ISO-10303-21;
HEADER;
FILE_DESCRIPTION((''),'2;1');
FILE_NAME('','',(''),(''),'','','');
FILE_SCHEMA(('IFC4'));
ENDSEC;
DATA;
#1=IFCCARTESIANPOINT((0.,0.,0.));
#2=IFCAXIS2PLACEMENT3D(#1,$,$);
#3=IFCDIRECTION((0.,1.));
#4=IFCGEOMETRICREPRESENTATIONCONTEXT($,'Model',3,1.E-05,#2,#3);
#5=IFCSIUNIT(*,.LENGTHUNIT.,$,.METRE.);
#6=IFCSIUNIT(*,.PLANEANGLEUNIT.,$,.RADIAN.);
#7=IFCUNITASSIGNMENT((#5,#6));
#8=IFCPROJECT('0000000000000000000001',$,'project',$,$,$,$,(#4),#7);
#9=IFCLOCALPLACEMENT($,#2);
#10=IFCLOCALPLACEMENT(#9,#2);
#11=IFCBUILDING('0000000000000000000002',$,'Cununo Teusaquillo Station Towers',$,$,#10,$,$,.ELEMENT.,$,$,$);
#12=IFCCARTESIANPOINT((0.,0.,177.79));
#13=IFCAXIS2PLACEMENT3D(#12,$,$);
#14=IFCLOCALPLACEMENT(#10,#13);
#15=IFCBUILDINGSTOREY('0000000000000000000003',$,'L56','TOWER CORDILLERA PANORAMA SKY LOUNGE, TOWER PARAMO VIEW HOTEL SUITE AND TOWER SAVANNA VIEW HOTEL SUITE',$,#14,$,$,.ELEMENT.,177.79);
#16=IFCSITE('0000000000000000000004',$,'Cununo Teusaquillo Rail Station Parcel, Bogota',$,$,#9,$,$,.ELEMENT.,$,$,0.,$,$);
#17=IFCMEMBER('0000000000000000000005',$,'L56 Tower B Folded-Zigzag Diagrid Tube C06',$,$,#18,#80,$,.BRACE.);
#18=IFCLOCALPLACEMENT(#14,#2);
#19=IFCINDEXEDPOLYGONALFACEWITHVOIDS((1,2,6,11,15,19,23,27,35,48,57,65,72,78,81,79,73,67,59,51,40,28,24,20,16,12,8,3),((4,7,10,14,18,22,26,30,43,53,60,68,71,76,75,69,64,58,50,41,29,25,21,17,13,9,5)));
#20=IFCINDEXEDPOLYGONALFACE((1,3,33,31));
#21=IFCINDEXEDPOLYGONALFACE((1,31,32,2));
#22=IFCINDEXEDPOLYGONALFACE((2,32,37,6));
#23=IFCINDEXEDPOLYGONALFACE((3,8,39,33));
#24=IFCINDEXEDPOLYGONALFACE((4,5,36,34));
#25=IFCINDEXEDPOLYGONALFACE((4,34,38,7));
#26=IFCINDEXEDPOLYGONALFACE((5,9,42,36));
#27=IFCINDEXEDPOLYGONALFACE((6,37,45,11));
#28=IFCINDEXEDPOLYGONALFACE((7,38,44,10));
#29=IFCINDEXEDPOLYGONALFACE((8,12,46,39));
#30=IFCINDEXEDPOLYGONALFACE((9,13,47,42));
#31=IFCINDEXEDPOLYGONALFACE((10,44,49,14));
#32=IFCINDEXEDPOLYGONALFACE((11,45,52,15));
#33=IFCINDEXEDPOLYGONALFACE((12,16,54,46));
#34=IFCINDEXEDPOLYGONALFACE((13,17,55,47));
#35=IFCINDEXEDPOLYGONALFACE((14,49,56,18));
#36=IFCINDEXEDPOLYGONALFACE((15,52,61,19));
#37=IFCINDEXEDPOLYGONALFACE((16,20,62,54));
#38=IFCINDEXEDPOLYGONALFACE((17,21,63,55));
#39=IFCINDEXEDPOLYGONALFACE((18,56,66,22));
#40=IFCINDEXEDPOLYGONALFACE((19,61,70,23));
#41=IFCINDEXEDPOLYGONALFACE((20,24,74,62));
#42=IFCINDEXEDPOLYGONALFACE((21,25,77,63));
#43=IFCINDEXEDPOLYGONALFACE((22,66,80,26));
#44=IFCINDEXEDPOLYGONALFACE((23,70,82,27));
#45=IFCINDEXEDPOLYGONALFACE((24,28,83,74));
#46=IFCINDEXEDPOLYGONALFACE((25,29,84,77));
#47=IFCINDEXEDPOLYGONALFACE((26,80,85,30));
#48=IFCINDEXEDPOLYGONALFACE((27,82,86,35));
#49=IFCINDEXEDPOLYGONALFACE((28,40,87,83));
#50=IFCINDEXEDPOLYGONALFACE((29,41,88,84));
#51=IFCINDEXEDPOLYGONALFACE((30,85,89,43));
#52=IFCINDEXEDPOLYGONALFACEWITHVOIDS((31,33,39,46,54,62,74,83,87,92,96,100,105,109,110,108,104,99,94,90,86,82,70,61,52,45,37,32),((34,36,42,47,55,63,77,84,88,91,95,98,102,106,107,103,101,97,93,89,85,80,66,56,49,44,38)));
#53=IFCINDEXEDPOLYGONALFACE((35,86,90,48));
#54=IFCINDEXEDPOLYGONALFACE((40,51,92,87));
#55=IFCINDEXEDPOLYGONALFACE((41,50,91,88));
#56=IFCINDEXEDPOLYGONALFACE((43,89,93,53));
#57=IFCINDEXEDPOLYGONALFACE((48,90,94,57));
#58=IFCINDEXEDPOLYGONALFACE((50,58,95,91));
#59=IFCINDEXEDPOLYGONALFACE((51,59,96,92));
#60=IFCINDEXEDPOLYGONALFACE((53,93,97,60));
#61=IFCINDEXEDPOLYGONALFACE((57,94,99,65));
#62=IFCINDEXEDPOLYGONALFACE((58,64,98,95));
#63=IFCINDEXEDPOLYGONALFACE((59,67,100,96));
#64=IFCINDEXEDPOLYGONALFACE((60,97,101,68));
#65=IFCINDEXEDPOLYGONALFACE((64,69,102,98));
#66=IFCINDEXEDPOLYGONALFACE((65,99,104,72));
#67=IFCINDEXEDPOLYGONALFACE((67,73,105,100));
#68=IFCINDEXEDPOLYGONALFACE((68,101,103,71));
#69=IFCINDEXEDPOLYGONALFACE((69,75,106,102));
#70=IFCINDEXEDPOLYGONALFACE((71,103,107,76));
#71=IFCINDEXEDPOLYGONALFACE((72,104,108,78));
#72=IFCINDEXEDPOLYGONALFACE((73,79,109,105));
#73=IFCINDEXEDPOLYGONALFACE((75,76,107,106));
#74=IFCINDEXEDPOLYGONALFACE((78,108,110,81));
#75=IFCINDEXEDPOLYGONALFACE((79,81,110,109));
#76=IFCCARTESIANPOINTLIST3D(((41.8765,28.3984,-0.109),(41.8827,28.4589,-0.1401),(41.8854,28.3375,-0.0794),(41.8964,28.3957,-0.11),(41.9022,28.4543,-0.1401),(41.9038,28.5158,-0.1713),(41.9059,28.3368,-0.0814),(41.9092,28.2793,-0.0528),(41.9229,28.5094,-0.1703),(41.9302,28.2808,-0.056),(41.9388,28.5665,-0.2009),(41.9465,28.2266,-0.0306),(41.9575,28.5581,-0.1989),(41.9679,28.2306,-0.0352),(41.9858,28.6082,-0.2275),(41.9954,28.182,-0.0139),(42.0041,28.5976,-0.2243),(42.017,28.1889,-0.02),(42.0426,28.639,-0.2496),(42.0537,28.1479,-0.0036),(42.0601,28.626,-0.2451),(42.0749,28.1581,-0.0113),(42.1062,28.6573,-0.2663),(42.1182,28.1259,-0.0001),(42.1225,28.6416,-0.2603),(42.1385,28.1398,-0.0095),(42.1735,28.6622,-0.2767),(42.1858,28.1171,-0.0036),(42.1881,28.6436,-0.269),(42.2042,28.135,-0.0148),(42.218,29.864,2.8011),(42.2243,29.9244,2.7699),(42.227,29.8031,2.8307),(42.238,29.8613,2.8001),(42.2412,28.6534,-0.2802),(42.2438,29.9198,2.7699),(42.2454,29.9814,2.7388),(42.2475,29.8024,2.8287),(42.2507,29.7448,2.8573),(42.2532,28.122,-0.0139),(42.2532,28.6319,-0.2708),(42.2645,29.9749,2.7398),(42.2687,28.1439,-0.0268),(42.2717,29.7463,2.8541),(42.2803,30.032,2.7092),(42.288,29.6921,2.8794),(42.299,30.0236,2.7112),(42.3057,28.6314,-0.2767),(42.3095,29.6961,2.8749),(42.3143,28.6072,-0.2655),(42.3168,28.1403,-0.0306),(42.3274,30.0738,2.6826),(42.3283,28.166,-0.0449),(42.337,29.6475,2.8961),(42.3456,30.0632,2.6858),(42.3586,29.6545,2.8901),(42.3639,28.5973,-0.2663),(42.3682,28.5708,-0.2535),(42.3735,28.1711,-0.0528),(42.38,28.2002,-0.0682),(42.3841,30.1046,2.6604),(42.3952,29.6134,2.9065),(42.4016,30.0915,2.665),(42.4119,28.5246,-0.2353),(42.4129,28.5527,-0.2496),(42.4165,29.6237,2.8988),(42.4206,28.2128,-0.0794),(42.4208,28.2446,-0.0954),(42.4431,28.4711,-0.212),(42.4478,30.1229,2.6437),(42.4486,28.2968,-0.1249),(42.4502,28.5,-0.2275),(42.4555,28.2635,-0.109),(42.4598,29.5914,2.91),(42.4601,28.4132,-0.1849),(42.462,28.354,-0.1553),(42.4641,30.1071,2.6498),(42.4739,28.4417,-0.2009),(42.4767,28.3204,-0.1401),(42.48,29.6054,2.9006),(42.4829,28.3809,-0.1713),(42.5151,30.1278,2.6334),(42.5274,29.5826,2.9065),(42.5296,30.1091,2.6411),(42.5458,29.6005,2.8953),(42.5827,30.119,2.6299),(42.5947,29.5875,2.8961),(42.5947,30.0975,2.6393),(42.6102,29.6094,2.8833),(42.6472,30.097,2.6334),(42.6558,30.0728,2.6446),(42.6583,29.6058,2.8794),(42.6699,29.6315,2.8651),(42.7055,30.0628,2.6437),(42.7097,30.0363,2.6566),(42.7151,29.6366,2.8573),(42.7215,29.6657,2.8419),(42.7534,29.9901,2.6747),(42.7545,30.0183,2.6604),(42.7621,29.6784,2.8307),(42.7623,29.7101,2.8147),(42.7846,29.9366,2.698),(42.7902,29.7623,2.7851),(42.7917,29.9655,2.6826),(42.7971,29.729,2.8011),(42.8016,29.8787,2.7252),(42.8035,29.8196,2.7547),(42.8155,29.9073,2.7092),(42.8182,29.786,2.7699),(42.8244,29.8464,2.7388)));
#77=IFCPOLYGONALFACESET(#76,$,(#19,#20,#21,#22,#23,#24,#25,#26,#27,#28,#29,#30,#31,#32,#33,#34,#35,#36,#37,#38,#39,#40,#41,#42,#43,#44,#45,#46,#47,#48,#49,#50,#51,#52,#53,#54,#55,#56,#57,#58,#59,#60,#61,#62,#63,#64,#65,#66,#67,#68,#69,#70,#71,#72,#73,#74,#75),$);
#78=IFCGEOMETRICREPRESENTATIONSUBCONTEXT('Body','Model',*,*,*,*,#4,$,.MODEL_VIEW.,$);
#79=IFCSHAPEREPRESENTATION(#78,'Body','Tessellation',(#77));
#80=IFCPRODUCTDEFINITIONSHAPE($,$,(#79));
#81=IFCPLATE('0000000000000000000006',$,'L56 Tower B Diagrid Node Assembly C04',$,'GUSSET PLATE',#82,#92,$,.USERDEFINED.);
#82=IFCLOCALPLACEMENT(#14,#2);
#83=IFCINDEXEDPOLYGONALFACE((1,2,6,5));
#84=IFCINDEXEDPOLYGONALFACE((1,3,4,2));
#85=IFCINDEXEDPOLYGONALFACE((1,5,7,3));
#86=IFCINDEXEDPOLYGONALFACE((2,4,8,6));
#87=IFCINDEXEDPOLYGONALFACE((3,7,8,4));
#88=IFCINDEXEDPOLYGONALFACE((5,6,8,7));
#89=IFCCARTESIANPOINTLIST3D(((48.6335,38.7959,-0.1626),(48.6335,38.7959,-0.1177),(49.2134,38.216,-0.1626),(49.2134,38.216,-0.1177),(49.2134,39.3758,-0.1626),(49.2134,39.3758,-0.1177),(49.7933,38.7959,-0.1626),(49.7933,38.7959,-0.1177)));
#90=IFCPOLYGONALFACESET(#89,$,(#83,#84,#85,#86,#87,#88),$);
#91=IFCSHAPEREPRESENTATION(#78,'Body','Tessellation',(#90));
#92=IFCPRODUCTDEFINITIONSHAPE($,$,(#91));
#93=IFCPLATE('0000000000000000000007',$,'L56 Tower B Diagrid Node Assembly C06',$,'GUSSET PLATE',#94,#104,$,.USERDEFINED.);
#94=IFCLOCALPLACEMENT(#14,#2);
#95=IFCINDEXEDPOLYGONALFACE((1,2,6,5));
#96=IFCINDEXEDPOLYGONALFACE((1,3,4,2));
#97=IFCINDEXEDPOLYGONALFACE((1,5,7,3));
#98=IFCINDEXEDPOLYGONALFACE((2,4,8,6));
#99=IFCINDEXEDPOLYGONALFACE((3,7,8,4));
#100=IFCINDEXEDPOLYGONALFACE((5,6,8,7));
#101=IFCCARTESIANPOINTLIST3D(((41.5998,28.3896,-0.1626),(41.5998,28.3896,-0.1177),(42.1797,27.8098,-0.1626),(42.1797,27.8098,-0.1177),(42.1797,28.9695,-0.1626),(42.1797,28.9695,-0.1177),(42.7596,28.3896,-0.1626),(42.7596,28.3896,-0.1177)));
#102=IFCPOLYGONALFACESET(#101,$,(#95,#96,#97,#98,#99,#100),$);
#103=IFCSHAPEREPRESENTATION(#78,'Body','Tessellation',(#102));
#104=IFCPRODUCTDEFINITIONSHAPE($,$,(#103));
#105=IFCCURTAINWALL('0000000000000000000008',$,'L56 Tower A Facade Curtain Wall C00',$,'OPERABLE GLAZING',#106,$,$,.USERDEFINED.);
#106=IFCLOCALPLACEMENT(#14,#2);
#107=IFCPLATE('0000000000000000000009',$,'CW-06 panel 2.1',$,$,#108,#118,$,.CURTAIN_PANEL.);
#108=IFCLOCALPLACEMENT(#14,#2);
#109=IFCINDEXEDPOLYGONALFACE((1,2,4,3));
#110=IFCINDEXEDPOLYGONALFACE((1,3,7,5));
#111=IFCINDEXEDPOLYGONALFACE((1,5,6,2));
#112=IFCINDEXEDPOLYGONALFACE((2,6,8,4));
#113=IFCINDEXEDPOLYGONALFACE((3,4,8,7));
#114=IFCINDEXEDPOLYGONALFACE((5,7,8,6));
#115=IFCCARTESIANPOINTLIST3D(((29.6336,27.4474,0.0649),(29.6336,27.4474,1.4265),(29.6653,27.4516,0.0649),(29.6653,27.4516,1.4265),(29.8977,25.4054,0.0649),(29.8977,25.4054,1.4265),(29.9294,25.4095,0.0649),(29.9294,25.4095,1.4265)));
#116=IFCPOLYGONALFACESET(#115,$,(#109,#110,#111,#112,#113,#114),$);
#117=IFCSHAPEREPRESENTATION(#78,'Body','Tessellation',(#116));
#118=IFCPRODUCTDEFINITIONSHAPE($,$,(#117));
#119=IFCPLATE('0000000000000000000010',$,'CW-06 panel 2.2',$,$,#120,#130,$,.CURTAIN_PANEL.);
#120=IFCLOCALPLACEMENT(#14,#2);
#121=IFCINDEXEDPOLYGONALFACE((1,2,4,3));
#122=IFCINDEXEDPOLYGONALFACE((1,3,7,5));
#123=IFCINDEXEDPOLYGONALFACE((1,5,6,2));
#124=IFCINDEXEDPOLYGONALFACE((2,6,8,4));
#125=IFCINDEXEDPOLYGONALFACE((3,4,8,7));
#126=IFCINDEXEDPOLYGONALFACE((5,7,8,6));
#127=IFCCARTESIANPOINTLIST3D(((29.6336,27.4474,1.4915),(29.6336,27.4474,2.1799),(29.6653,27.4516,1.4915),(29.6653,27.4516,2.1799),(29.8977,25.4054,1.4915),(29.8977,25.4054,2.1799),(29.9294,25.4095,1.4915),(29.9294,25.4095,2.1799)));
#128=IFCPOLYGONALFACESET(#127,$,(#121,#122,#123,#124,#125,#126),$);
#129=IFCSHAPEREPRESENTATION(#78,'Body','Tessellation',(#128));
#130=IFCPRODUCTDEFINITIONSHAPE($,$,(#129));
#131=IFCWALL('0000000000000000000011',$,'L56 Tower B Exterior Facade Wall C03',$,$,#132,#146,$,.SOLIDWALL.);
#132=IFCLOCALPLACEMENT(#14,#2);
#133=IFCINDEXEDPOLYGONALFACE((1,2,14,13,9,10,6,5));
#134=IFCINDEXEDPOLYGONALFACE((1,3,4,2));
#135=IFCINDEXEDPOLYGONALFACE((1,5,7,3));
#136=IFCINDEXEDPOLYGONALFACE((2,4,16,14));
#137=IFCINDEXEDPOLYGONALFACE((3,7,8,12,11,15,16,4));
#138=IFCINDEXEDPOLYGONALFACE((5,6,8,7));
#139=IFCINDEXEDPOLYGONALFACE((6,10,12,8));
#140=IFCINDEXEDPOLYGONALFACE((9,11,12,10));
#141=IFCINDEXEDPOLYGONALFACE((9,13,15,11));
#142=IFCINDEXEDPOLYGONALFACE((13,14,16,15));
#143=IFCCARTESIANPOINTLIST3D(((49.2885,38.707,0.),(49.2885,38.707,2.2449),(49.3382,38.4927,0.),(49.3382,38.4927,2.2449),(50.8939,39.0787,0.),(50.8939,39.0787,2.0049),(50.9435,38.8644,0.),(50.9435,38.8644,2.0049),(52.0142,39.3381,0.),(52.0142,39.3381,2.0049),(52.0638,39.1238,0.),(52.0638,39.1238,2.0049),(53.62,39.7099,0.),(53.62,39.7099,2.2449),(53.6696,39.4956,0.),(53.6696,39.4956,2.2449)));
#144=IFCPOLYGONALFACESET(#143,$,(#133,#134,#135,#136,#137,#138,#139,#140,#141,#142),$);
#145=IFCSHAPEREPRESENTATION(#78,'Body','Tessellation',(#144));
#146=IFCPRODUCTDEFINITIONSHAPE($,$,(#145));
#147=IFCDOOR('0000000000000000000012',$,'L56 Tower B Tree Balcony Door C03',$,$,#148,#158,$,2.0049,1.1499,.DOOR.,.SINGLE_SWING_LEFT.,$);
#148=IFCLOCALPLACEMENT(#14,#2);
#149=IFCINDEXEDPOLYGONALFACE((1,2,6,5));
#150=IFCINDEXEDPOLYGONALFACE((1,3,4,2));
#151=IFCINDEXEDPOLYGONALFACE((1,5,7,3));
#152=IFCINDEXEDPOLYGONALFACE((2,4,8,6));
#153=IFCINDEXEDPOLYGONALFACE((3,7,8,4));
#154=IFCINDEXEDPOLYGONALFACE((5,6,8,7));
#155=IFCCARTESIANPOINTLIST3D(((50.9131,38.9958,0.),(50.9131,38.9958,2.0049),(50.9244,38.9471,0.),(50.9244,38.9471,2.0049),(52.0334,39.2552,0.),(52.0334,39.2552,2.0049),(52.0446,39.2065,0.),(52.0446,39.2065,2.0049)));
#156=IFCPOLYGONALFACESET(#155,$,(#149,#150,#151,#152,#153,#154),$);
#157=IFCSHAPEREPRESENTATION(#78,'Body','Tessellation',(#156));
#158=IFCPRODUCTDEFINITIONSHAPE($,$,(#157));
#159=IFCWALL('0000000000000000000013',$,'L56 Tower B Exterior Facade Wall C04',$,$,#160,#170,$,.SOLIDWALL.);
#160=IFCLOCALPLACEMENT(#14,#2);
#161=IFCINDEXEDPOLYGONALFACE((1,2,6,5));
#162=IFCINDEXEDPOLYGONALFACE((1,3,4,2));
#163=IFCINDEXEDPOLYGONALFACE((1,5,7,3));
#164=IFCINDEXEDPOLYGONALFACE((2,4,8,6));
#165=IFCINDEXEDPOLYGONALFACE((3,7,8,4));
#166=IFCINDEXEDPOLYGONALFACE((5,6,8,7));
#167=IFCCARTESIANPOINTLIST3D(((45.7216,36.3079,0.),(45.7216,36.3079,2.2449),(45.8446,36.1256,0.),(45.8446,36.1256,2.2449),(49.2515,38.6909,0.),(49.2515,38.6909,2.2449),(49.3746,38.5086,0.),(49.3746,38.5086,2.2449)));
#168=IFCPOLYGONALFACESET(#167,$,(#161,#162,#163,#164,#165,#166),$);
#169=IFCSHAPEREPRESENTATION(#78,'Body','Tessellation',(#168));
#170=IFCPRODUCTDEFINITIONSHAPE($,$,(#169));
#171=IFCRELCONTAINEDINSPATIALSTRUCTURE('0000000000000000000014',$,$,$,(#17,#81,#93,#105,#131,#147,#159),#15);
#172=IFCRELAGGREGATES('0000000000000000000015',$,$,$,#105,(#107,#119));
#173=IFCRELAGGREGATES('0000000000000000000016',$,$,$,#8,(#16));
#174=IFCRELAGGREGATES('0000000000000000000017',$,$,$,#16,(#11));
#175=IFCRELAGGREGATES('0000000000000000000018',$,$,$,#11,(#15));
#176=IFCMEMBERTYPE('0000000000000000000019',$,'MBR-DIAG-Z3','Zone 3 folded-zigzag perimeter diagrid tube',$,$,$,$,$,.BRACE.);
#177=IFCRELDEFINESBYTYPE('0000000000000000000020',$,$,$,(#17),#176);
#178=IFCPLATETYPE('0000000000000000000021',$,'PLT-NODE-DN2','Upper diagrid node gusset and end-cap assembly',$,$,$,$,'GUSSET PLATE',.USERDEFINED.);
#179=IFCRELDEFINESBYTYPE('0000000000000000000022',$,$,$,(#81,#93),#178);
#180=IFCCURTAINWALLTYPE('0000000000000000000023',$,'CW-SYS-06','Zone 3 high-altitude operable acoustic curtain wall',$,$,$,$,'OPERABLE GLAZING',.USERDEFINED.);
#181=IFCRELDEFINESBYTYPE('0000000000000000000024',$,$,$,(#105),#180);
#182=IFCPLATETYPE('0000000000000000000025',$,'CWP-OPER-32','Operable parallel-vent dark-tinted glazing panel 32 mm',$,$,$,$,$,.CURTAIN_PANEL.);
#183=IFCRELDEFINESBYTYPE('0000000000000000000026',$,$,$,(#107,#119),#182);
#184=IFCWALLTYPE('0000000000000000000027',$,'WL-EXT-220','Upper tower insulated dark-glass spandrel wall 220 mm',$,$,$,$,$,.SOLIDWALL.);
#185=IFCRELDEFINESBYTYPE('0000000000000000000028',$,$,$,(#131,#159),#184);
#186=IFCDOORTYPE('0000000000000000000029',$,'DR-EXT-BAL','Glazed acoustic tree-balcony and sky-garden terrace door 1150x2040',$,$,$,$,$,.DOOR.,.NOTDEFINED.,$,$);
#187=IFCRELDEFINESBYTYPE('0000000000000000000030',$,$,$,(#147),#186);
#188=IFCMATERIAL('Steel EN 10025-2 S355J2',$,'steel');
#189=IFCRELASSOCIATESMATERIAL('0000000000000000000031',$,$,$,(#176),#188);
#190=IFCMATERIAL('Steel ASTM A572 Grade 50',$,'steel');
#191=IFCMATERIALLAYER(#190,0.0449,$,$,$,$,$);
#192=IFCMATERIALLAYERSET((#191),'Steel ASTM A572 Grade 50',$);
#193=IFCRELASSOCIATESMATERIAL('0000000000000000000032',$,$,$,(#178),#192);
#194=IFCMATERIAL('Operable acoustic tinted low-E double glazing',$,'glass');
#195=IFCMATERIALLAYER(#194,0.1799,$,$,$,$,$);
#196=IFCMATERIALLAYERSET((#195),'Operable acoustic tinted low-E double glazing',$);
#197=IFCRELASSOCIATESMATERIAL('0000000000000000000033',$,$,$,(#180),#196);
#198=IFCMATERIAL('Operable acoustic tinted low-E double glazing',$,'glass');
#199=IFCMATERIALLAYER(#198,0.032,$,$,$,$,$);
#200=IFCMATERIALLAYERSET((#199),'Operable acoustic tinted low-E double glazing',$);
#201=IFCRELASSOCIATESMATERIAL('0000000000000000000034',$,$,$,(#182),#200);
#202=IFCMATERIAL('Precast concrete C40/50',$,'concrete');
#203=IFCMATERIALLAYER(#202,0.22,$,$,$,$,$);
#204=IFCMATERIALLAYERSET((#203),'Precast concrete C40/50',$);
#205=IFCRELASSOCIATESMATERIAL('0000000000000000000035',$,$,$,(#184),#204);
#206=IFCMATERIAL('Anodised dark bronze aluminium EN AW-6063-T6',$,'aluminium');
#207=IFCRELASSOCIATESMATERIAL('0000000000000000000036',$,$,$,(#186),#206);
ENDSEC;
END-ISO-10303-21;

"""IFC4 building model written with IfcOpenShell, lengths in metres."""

from ifc_helpers import new_model, si_unit, direction, frame, frame_2d, origin, origin_2d, place, context, subcontext, project, spatial, rectangle, hollow_circle, extrude, source, transform, mapped, material, layer, layer_set, material_profile, profile_set, type_object, element, fill, aggregate, save


model = new_model("IFC4")

# Units and contexts
model_context = context("Model", 3, precision=1e-05, world=origin(), true_north=direction((0.0, 1.0)))
body_context = subcontext(model_context, "Body", "Model", "MODEL_VIEW")
ifc_project = project(units=[si_unit("LENGTHUNIT", "METRE"), si_unit("PLANEANGLEUNIT", "RADIAN")], contexts=[model_context])

# Site, building, storey
site_placement = place(None, origin())
site = spatial("IfcSite", under=ifc_project, at=site_placement, Name="Cununo Teusaquillo Rail Station Parcel, Bogota", CompositionType="ELEMENT", RefElevation=0.0)
building_placement = place(site_placement, origin())
building = spatial("IfcBuilding", under=site, at=building_placement, Name="Cununo Teusaquillo Station Towers", CompositionType="ELEMENT")
storey_placement = place(building_placement, frame((0.0, 0.0, 177.79)))
storey = spatial("IfcBuildingStorey", under=building, at=storey_placement, Name="L56", Description="TOWER CORDILLERA PANORAMA SKY LOUNGE, TOWER PARAMO VIEW HOTEL SUITE AND TOWER SAVANNA VIEW HOTEL SUITE", CompositionType="ELEMENT", Elevation=177.79)

# Member
ifc_material_1 = material(Name="Steel EN 10025-2 S355J2", Category="steel")
ifc_material_profile_1 = material_profile(ifc_material_1, hollow_circle(Radius=0.3049, WallThickness=0.02, at=origin_2d()), Name="CHS 610x20")
ifc_profile_set_1 = profile_set([ifc_material_profile_1], Name="Steel EN 10025-2 S355J2")
member_type = type_object("IfcMemberType", Name="MBR-DIAG-Z3", Description="Zone 3 folded-zigzag perimeter diagrid tube", PredefinedType="BRACE", material=ifc_profile_set_1)
member_1_placement = place(storey_placement, frame((42.1797, 28.3896, -0.1401), z_axis=(0.104252, 0.447338, 0.888268), x_axis=(-0.973902, 0.226968, 0.0)))
element("IfcMember", 1, at=member_1_placement, inside=storey, type_object=member_type, Name="L56 Tower B Folded-Zigzag Diagrid Tube C06", PredefinedType="BRACE", context=body_context, shape_type="SweptSolid", body=[
    extrude(hollow_circle(Radius=0.3049, WallThickness=0.02, at=origin_2d()), origin(), (0.0, 0.0, 1.0), 3.2761),
])

# Plates
ifc_material_2 = material(Name="Steel ASTM A572 Grade 50", Category="steel")
ifc_layer_1 = layer(ifc_material_2, 0.0449)
ifc_layer_set_1 = layer_set([ifc_layer_1], Name="Steel ASTM A572 Grade 50")
plate_type_1 = type_object("IfcPlateType", Name="PLT-NODE-DN2", Description="Upper diagrid node gusset and end-cap assembly", ElementType="GUSSET PLATE", PredefinedType="USERDEFINED", material=ifc_layer_set_1)
shared_shape_1 = source(origin(), body_context, "Body", "SweptSolid", [
    extrude(rectangle(XDim=0.8201, YDim=0.8201, at=origin_2d()), origin(), (0.0, 0.0, 1.0), 0.0449),
])
for number, where, z_axis, x_axis, name in (
    (2, (49.2134, 38.7959, -0.1626), (0.0, 0.0, 1.0), (0.707107, 0.707107, 0.0), "L56 Tower B Diagrid Node Assembly C04"),
    (3, (42.1797, 28.3896, -0.1626), (0.0, 0.0, 1.0), (0.707107, 0.707107, 0.0), "L56 Tower B Diagrid Node Assembly C06"),
):
    element("IfcPlate", number, at=place(storey_placement, frame(where, z_axis=z_axis, x_axis=x_axis)), inside=storey, type_object=plate_type_1, Name=name, ObjectType="GUSSET PLATE", PredefinedType="USERDEFINED", context=body_context, shape_type="MappedRepresentation", body=[
        mapped(shared_shape_1, transform((0.0, 0.0, 0.0), x_axis=(1.0, 0.0, 0.0), y_axis=(0.0, 1.0, 0.0), z_axis=(0.0, 0.0, 1.0), scale=1.0)),
    ])

# Curtain wall, plates
ifc_material_3 = material(Name="Operable acoustic tinted low-E double glazing", Category="glass")
ifc_layer_2 = layer(ifc_material_3, 0.1799)
ifc_layer_set_2 = layer_set([ifc_layer_2], Name="Operable acoustic tinted low-E double glazing")
curtain_wall_type = type_object("IfcCurtainWallType", Name="CW-SYS-06", Description="Zone 3 high-altitude operable acoustic curtain wall", ElementType="OPERABLE GLAZING", PredefinedType="USERDEFINED", material=ifc_layer_set_2)
curtain_wall_placement = place(storey_placement, origin())
curtain_wall = element("IfcCurtainWall", 4, at=curtain_wall_placement, inside=storey, type_object=curtain_wall_type, Name="L56 Tower A Facade Curtain Wall C00", ObjectType="OPERABLE GLAZING", PredefinedType="USERDEFINED")
ifc_material_4 = material(Name="Operable acoustic tinted low-E double glazing", Category="glass")
ifc_layer_3 = layer(ifc_material_4, 0.032)
ifc_layer_set_3 = layer_set([ifc_layer_3], Name="Operable acoustic tinted low-E double glazing")
plate_type_2 = type_object("IfcPlateType", Name="CWP-OPER-32", Description="Operable parallel-vent dark-tinted glazing panel 32 mm", PredefinedType="CURTAIN_PANEL", material=ifc_layer_set_3)
shared_shape_2 = source(origin(), body_context, "Body", "SweptSolid", [
    extrude(rectangle(XDim=2.0591, YDim=0.032, at=origin_2d()), origin(), (0.0, 0.0, 1.0), 1.3616),
])
plate_1_placement = place(storey_placement, frame((29.7815, 26.4285, 0.0649), z_axis=(0.0, 0.0, 1.0), x_axis=(0.128285, -0.991737, 0.0)))
plate_1 = element("IfcPlate", 5, at=plate_1_placement, type_object=plate_type_2, Name="CW-06 panel 2.1", PredefinedType="CURTAIN_PANEL", context=body_context, shape_type="MappedRepresentation", body=[
    mapped(shared_shape_2, transform((0.0, 0.0, 0.0), x_axis=(1.0, 0.0, 0.0), y_axis=(0.0, 1.0, 0.0), z_axis=(0.0, 0.0, 1.0), scale=1.0)),
])
shared_shape_3 = source(origin(), body_context, "Body", "SweptSolid", [
    extrude(rectangle(XDim=2.0591, YDim=0.032, at=origin_2d()), origin(), (0.0, 0.0, 1.0), 0.6885),
])
plate_2_placement = place(storey_placement, frame((29.7815, 26.4285, 1.4915), z_axis=(0.0, 0.0, 1.0), x_axis=(0.128285, -0.991737, 0.0)))
plate_2 = element("IfcPlate", 6, at=plate_2_placement, type_object=plate_type_2, Name="CW-06 panel 2.2", PredefinedType="CURTAIN_PANEL", context=body_context, shape_type="MappedRepresentation", body=[
    mapped(shared_shape_3, transform((0.0, 0.0, 0.0), x_axis=(1.0, 0.0, 0.0), y_axis=(0.0, 1.0, 0.0), z_axis=(0.0, 0.0, 1.0), scale=1.0)),
])
aggregate(curtain_wall, [plate_1, plate_2])

# Wall, opening, door
ifc_material_5 = material(Name="Precast concrete C40/50", Category="concrete")
ifc_layer_4 = layer(ifc_material_5, 0.22)
ifc_layer_set_4 = layer_set([ifc_layer_4], Name="Precast concrete C40/50")
wall_type_1 = type_object("IfcWallType", Name="WL-EXT-220", Description="Upper tower insulated dark-glass spandrel wall 220 mm", PredefinedType="SOLIDWALL", material=ifc_layer_set_4)
wall_1_placement = place(storey_placement, frame((49.3132, 38.5999, 0.0), z_axis=(0.0, 0.0, 1.0), x_axis=(0.974226, 0.225573, 0.0)))
wall_1 = element("IfcWall", 7, at=wall_1_placement, inside=storey, type_object=wall_type_1, Name="L56 Tower B Exterior Facade Wall C03", PredefinedType="SOLIDWALL", context=body_context, shape_type="SweptSolid", body=[
    extrude(rectangle(XDim=4.446, YDim=0.22, at=frame_2d((2.2231, 0.0))), origin(), (0.0, 0.0, 1.0), 2.2449),
])
shared_shape_4 = source(origin(), body_context, "Body", "SweptSolid", [
    extrude(rectangle(XDim=1.1499, YDim=2.0049, at=frame_2d((0.575, 1.0024))), frame((0.0, 0.1199, 0.0), z_axis=(0.0, -1.0, 0.0), x_axis=(1.0, 0.0, 0.0)), (0.0, 0.0, 1.0), 0.24),
])
opening_1_placement = place(wall_1_placement, frame((1.6479, 0.0, 0.0)))
opening_1 = element("IfcOpeningElement", 8, at=opening_1_placement, cuts=wall_1, PredefinedType="OPENING", context=body_context, shape_type="MappedRepresentation", body=[
    mapped(shared_shape_4, transform((0.0, 0.0, 0.0), x_axis=(1.0, 0.0, 0.0), y_axis=(0.0, 1.0, 0.0), z_axis=(0.0, 0.0, 1.0), scale=1.0)),
])
ifc_material_6 = material(Name="Anodised dark bronze aluminium EN AW-6063-T6", Category="aluminium")
door_type_1 = type_object("IfcDoorType", Name="DR-EXT-BAL", Description="Glazed acoustic tree-balcony and sky-garden terrace door 1150x2040", OperationType="NOTDEFINED", PredefinedType="DOOR", material=ifc_material_6)
shared_shape_5 = source(origin(), body_context, "Body", "SweptSolid", [
    extrude(rectangle(XDim=1.1499, YDim=2.0049, at=frame_2d((0.575, 1.0024))), frame((0.0, 0.0249, 0.0), z_axis=(0.0, -1.0, 0.0), x_axis=(1.0, 0.0, 0.0)), (0.0, 0.0, 1.0), 0.05),
])
door_1_placement = place(opening_1_placement, origin())
door_1 = element("IfcDoor", 9, at=door_1_placement, inside=storey, type_object=door_type_1, Name="L56 Tower B Tree Balcony Door C03", OperationType="SINGLE_SWING_LEFT", OverallHeight=2.0049, OverallWidth=1.1499, PredefinedType="DOOR", context=body_context, shape_type="MappedRepresentation", body=[
    mapped(shared_shape_5, transform((0.0, 0.0, 0.0), x_axis=(1.0, 0.0, 0.0), y_axis=(0.0, 1.0, 0.0), z_axis=(0.0, 0.0, 1.0), scale=1.0)),
])
fill(opening_1, door_1)

# Wall
wall_2_placement = place(storey_placement, frame((45.7832, 36.2168, 0.0), z_axis=(0.0, 0.0, 1.0), x_axis=(0.828817, 0.559519, 0.0)))
element("IfcWall", 10, at=wall_2_placement, inside=storey, type_object=wall_type_1, Name="L56 Tower B Exterior Facade Wall C04", PredefinedType="SOLIDWALL", context=body_context, shape_type="SweptSolid", body=[
    extrude(rectangle(XDim=4.259, YDim=0.22, at=frame_2d((2.1294, 0.0))), origin(), (0.0, 0.0, 1.0), 2.2449),
])

save(model, "model.ifc")
